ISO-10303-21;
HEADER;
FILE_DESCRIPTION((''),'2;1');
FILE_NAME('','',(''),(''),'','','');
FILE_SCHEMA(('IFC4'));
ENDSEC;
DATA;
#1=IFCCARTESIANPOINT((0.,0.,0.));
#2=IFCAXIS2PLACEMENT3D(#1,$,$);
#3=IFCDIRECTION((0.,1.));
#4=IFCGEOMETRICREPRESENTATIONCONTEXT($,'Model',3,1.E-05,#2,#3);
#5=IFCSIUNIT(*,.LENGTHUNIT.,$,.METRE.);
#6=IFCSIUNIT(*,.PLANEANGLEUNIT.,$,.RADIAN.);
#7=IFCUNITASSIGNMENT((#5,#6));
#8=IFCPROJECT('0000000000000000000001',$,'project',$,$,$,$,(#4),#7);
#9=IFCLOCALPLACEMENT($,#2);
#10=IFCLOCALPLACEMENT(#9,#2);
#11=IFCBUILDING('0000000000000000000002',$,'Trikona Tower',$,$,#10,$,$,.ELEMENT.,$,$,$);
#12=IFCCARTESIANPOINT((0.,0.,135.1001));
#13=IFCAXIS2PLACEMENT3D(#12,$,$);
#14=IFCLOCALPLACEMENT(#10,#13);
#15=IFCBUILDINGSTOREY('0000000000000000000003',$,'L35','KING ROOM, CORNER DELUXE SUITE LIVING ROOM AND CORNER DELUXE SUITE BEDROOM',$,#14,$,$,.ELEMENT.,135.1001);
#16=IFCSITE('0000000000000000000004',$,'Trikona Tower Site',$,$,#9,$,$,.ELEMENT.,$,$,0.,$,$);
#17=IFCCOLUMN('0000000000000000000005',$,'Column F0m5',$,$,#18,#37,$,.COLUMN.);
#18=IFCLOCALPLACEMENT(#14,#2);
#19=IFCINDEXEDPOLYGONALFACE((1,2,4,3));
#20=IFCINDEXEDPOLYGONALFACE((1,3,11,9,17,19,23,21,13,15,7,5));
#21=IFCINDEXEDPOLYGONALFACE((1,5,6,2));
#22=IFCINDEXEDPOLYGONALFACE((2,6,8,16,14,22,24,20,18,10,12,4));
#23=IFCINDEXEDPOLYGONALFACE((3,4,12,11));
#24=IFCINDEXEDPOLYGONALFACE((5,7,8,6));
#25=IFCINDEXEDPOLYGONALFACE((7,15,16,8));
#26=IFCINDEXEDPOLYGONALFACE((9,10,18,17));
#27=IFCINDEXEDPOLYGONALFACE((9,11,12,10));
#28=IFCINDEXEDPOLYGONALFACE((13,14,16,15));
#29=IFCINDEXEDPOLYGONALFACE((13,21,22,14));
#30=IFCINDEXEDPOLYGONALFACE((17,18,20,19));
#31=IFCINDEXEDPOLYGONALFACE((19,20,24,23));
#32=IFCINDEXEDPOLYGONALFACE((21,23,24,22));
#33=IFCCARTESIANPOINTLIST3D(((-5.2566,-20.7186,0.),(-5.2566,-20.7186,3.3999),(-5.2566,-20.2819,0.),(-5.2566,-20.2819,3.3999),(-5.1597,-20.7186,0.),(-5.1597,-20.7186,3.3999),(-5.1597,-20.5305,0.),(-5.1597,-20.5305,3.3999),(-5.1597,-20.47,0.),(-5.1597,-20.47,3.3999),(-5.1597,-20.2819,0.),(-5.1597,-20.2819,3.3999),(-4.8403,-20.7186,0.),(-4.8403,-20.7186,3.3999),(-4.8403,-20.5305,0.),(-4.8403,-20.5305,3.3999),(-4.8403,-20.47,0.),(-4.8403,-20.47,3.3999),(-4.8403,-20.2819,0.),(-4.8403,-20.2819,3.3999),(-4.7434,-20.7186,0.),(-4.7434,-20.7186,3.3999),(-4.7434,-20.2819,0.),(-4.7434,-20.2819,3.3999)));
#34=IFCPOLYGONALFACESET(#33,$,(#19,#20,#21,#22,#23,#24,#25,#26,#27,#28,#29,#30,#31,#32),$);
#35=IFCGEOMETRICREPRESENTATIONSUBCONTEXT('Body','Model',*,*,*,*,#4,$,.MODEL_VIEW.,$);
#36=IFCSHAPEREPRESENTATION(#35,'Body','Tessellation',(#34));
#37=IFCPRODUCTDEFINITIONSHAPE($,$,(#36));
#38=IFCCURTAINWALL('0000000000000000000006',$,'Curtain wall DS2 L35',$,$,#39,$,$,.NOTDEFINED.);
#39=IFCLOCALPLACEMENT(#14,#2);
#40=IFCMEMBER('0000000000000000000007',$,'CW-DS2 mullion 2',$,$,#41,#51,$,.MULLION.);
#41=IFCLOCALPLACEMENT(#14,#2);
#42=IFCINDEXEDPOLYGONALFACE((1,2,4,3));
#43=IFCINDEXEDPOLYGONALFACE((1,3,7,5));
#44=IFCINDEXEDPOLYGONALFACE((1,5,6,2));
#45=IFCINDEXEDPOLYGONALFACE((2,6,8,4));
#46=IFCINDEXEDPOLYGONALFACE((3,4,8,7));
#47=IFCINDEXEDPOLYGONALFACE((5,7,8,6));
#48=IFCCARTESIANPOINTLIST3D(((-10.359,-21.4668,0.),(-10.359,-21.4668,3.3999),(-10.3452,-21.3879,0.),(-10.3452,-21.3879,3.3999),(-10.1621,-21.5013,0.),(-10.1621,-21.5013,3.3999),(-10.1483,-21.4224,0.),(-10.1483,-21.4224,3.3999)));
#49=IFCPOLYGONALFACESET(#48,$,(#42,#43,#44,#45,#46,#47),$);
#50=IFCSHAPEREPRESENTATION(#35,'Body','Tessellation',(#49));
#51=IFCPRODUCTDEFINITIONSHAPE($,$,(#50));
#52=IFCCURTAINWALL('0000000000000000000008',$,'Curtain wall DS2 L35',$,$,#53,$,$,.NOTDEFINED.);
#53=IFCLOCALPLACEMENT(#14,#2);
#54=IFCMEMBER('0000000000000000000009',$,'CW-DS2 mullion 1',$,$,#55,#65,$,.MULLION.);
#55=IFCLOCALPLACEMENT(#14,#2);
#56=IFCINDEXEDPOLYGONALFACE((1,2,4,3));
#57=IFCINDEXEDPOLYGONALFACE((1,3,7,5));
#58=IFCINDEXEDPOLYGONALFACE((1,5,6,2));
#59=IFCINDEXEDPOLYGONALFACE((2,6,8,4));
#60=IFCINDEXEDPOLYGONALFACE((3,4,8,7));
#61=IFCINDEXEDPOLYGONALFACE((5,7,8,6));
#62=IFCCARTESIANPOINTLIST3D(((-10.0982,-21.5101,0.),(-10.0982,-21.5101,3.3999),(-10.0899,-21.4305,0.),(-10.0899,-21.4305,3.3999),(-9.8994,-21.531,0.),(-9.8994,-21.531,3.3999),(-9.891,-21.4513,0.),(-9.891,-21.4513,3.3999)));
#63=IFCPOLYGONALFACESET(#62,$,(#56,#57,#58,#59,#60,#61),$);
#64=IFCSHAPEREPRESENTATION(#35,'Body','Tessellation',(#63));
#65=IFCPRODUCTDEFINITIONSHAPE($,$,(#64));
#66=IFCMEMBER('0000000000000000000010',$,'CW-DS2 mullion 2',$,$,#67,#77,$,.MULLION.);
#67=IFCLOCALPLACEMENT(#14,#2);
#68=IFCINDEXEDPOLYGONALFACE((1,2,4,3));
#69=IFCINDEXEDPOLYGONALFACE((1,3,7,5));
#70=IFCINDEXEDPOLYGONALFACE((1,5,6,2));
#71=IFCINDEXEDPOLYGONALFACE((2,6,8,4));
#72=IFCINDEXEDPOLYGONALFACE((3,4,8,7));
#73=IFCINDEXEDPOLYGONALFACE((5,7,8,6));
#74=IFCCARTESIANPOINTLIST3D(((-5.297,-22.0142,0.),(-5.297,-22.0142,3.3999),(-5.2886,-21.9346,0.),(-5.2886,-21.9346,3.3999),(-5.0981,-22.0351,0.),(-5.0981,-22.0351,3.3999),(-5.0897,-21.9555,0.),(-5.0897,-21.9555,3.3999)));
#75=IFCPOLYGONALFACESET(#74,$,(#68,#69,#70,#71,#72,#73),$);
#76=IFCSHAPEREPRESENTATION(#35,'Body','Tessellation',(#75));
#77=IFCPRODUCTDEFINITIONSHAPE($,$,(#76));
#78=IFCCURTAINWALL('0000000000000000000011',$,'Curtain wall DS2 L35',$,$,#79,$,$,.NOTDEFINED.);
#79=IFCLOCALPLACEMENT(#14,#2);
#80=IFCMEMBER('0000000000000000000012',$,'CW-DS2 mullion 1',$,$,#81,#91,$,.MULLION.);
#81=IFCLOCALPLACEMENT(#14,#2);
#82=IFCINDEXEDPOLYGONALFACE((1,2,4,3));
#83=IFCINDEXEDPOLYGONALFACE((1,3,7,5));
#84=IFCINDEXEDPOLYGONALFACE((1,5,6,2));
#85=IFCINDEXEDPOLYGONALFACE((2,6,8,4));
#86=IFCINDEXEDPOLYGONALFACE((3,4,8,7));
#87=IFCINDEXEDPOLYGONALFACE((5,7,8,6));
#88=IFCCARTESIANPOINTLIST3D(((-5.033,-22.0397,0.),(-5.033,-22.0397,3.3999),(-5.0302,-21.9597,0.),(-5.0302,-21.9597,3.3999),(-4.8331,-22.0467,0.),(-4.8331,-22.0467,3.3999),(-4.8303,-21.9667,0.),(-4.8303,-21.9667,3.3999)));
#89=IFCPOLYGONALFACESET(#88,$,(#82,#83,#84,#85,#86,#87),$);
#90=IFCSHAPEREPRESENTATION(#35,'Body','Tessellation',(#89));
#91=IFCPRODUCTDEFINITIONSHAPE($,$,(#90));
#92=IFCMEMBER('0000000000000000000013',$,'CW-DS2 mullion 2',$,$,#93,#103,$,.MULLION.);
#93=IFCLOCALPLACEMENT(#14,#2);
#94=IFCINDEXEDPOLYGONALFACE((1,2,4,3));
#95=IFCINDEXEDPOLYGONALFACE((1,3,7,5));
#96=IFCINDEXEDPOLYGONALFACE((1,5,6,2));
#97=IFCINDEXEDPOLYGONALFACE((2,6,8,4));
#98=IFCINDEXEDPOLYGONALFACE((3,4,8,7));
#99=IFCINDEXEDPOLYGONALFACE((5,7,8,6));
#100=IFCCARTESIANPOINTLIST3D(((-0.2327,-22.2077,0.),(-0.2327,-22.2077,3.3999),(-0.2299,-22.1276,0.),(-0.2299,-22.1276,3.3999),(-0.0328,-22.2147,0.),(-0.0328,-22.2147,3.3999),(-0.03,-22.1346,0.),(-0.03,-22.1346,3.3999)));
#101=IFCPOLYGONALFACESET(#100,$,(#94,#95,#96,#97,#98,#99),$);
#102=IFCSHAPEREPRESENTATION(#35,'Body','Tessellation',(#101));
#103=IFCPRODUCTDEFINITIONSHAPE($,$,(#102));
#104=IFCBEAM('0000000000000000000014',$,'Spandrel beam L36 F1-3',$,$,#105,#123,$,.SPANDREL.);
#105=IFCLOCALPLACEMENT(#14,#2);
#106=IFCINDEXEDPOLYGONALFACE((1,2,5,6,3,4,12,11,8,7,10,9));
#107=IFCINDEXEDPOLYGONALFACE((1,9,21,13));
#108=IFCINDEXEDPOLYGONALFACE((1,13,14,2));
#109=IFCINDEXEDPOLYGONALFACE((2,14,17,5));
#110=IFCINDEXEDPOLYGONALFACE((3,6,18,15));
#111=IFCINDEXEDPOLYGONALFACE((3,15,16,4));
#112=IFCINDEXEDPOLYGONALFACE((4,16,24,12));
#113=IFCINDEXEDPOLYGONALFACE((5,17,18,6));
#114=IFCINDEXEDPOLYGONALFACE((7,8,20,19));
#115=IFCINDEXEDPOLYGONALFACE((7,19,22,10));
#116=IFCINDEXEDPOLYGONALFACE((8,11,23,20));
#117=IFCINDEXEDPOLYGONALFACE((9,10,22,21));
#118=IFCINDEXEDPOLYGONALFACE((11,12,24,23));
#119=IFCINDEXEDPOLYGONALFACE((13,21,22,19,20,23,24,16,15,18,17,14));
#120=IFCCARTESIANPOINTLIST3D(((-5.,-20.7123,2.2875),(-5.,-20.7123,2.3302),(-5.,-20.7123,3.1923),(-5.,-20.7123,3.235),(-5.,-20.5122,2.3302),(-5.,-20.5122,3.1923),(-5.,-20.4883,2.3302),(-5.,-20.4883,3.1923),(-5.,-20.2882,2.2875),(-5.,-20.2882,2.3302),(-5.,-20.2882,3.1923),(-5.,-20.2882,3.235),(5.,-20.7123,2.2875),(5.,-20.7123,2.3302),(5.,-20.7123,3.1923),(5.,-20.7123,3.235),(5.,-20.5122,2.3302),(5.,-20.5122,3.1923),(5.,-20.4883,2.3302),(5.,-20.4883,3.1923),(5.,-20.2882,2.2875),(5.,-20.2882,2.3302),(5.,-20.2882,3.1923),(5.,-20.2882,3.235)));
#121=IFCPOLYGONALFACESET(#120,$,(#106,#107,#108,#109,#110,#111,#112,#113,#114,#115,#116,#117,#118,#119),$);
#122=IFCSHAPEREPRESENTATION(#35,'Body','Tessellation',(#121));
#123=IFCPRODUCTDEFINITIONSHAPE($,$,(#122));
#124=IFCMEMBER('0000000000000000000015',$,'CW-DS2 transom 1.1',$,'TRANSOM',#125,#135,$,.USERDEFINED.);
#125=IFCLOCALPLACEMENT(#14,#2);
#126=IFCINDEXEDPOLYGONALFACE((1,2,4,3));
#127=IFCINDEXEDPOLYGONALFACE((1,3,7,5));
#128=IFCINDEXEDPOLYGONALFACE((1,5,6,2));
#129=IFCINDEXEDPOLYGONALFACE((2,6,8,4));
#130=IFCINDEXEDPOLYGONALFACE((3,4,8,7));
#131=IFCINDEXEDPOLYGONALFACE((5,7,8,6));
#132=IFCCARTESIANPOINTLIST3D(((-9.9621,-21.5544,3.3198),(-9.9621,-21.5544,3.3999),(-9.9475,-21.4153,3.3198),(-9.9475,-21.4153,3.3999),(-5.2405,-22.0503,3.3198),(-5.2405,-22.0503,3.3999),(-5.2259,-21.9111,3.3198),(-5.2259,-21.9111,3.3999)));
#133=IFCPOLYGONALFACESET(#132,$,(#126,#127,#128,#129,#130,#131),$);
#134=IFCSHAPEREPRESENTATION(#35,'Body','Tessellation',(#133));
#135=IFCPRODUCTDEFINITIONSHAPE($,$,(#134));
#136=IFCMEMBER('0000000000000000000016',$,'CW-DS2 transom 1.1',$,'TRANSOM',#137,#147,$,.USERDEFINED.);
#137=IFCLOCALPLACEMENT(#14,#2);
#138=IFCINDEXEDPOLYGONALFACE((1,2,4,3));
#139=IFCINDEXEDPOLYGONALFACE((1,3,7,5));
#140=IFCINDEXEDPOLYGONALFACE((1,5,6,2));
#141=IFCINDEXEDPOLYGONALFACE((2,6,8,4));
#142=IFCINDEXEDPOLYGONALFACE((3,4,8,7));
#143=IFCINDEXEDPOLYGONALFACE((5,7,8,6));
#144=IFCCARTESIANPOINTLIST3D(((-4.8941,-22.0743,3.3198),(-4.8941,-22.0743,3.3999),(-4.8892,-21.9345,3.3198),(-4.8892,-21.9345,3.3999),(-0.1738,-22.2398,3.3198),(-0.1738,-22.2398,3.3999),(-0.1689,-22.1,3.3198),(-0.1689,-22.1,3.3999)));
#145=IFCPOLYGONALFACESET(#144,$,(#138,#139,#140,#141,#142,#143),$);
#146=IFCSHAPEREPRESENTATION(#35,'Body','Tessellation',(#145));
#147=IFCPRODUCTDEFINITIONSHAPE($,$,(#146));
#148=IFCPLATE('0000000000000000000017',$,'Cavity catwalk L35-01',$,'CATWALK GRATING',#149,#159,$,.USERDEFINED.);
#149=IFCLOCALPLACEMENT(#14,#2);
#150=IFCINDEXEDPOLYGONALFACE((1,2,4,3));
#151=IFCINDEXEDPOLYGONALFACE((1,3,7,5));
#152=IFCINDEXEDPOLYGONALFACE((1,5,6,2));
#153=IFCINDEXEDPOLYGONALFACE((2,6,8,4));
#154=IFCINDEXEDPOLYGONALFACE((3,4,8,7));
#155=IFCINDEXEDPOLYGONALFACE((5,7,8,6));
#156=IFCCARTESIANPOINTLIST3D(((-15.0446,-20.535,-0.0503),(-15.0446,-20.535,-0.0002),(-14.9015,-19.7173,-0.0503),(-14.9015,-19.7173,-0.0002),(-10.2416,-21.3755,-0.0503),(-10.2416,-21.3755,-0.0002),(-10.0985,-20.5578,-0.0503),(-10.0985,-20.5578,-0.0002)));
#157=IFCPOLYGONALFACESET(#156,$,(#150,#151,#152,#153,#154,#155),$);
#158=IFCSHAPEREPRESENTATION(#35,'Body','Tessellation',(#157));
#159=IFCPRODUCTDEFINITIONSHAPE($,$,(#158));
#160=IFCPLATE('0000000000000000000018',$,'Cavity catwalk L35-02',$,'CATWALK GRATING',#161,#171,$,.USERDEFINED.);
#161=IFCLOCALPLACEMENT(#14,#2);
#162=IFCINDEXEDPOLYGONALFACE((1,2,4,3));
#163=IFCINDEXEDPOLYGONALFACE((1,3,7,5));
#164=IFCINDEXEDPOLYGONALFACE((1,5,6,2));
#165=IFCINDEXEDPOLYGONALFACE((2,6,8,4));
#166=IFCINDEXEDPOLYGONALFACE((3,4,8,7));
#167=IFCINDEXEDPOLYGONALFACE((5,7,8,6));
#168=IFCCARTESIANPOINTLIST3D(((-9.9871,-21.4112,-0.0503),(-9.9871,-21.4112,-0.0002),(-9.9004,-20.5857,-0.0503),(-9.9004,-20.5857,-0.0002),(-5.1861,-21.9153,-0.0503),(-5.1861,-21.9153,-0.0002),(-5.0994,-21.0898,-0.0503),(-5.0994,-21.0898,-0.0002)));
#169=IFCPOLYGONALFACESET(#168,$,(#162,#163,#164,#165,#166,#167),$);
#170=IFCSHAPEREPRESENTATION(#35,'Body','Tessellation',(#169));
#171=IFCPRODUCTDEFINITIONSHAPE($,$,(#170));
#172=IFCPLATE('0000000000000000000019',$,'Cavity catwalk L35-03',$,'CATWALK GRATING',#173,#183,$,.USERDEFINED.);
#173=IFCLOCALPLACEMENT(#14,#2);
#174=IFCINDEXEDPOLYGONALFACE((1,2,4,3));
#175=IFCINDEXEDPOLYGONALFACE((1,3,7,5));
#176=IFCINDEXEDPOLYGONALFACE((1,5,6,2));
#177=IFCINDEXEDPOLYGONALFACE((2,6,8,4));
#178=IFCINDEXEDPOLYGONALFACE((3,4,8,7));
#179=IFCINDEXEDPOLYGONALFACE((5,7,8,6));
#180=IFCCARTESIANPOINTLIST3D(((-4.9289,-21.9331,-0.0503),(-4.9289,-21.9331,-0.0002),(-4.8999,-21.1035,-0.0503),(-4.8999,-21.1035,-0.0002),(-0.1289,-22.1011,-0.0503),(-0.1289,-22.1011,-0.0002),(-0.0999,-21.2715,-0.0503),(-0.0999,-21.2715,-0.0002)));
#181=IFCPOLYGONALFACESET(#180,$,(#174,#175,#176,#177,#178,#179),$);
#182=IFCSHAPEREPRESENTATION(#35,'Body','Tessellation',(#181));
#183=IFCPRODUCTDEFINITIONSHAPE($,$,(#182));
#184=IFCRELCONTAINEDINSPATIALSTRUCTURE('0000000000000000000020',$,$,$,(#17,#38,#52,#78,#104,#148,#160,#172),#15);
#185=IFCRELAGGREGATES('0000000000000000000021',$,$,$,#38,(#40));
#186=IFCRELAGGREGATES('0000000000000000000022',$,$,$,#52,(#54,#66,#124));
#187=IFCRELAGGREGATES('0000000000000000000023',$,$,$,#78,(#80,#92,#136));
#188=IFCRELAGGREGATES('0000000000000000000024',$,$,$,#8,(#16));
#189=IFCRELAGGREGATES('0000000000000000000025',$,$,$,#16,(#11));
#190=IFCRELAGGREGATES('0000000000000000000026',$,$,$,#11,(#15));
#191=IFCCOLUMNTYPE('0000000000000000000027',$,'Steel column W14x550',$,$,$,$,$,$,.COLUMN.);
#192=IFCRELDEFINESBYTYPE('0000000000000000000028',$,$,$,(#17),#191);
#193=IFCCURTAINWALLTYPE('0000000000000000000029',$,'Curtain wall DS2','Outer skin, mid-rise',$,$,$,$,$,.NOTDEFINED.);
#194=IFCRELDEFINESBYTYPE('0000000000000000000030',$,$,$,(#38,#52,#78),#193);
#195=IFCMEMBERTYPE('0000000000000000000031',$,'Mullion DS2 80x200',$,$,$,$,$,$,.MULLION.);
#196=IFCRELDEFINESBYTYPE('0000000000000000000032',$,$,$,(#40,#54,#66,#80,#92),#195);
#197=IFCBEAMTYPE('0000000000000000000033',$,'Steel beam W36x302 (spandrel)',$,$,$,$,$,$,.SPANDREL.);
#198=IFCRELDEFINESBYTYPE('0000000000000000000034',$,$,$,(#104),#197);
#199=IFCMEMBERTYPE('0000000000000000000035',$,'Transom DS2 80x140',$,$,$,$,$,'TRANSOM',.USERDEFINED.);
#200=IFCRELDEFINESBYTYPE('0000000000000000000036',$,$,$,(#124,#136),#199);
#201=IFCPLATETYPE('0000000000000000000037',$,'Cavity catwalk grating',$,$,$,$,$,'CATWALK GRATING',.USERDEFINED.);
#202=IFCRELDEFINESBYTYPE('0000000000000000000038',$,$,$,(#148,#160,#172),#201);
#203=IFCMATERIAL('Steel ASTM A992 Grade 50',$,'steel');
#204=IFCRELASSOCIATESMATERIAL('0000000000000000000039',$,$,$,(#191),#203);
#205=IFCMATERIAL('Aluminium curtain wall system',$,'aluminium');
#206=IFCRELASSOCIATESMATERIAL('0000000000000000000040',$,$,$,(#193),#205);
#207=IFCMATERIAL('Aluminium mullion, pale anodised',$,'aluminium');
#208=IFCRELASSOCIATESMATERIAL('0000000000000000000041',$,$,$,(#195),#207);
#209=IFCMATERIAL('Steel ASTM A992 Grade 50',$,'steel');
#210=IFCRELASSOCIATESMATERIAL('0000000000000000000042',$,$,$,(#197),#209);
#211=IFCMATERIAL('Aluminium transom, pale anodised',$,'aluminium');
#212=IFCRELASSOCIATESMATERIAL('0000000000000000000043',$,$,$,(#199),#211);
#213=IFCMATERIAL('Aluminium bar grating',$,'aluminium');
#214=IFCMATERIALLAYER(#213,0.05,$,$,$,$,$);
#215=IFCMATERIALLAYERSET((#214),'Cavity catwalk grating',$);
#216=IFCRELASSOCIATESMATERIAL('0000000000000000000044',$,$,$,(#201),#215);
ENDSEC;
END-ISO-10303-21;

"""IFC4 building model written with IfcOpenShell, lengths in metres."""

from ifc_helpers import new_model, si_unit, direction, frame, origin, origin_2d, place, context, subcontext, project, spatial, rectangle, i_section, extrude, material, layer, layer_set, material_profile, profile_set, type_object, element, aggregate, save


model = new_model("IFC4")

# Units and contexts
model_context = context("Model", 3, precision=1e-05, world=origin(), true_north=direction((0.0, 1.0)))
body_context = subcontext(model_context, "Body", "Model", "MODEL_VIEW")
ifc_project = project(units=[si_unit("LENGTHUNIT", "METRE"), si_unit("PLANEANGLEUNIT", "RADIAN")], contexts=[model_context])

# Site, building, storey
site_placement = place(None, origin())
site = spatial("IfcSite", under=ifc_project, at=site_placement, Name="Trikona Tower Site", CompositionType="ELEMENT", RefElevation=0.0)
building_placement = place(site_placement, origin())
building = spatial("IfcBuilding", under=site, at=building_placement, Name="Trikona Tower", CompositionType="ELEMENT")
storey_placement = place(building_placement, frame((0.0, 0.0, 135.1001)))
storey = spatial("IfcBuildingStorey", under=building, at=storey_placement, Name="L35", Description="KING ROOM, CORNER DELUXE SUITE LIVING ROOM AND CORNER DELUXE SUITE BEDROOM", CompositionType="ELEMENT", Elevation=135.1001)

# Column
ifc_material_1 = material(Name="Steel ASTM A992 Grade 50", Category="steel")
ifc_material_profile_1 = material_profile(ifc_material_1, i_section(OverallWidth=0.4368, OverallDepth=0.5132, WebThickness=0.0605, FlangeThickness=0.0969, at=origin_2d()), Name="W14X550")
ifc_profile_set_1 = profile_set([ifc_material_profile_1], Name="Steel ASTM A992 Grade 50")
column_type = type_object("IfcColumnType", Name="Steel column W14x550", PredefinedType="COLUMN", material=ifc_profile_set_1)
column_placement = place(storey_placement, frame((-5.0, -20.5002, 0.0), z_axis=(0.0, 0.0, 1.0), x_axis=(0.0, -1.0, 0.0)))
element("IfcColumn", 1, at=column_placement, inside=storey, type_object=column_type, Name="Column F0m5", PredefinedType="COLUMN", context=body_context, shape_type="SweptSolid", body=[
    extrude(i_section(OverallWidth=0.4368, OverallDepth=0.5132, WebThickness=0.0605, FlangeThickness=0.0969, at=origin_2d()), origin(), (0.0, 0.0, 1.0), 3.3999),
])

# Curtain wall, member
ifc_material_2 = material(Name="Aluminium curtain wall system", Category="aluminium")
curtain_wall_type = type_object("IfcCurtainWallType", Name="Curtain wall DS2", Description="Outer skin, mid-rise", PredefinedType="NOTDEFINED", material=ifc_material_2)
curtain_wall_1_placement = place(storey_placement, origin())
curtain_wall_1 = element("IfcCurtainWall", 2, at=curtain_wall_1_placement, inside=storey, type_object=curtain_wall_type, Name="Curtain wall DS2 L35", PredefinedType="NOTDEFINED")
ifc_material_3 = material(Name="Aluminium mullion, pale anodised", Category="aluminium")
ifc_material_profile_2 = material_profile(ifc_material_3, rectangle(XDim=0.0801, YDim=0.2, at=origin_2d()), Name="MUL-DS2")
ifc_profile_set_2 = profile_set([ifc_material_profile_2], Name="Aluminium mullion, pale anodised")
member_type_1 = type_object("IfcMemberType", Name="Mullion DS2 80x200", PredefinedType="MULLION", material=ifc_profile_set_2)
member_1_placement = place(storey_placement, frame((-10.2537, -21.4446, 0.0), z_axis=(0.0, 0.0, 1.0), x_axis=(0.172377, 0.985031, 0.0)))
member_1 = element("IfcMember", 3, at=member_1_placement, type_object=member_type_1, Name="CW-DS2 mullion 2", PredefinedType="MULLION", context=body_context, shape_type="SweptSolid", body=[
    extrude(rectangle(XDim=0.0801, YDim=0.2, at=origin_2d()), origin(), (0.0, 0.0, 1.0), 3.3999),
])

# Curtain walls, members
curtain_wall_2_placement = place(storey_placement, origin())
curtain_wall_2 = element("IfcCurtainWall", 4, at=curtain_wall_2_placement, inside=storey, type_object=curtain_wall_type, Name="Curtain wall DS2 L35", PredefinedType="NOTDEFINED")
member_2_placement = place(storey_placement, frame((-9.9946, -21.4807, 0.0), z_axis=(0.0, 0.0, 1.0), x_axis=(0.104433, 0.994532, 0.0)))
member_2 = element("IfcMember", 5, at=member_2_placement, type_object=member_type_1, Name="CW-DS2 mullion 1", PredefinedType="MULLION", context=body_context, shape_type="SweptSolid", body=[
    extrude(rectangle(XDim=0.0801, YDim=0.2, at=origin_2d()), origin(), (0.0, 0.0, 1.0), 3.3999),
])
member_3_placement = place(storey_placement, frame((-5.1934, -21.9849, 0.0), z_axis=(0.0, 0.0, 1.0), x_axis=(0.104433, 0.994532, 0.0)))
member_3 = element("IfcMember", 6, at=member_3_placement, type_object=member_type_1, Name="CW-DS2 mullion 2", PredefinedType="MULLION", context=body_context, shape_type="SweptSolid", body=[
    extrude(rectangle(XDim=0.0801, YDim=0.2, at=origin_2d()), origin(), (0.0, 0.0, 1.0), 3.3999),
])
curtain_wall_3_placement = place(storey_placement, origin())
curtain_wall_3 = element("IfcCurtainWall", 7, at=curtain_wall_3_placement, inside=storey, type_object=curtain_wall_type, Name="Curtain wall DS2 L35", PredefinedType="NOTDEFINED")
member_4_placement = place(storey_placement, frame((-4.9316, -22.0032, 0.0), z_axis=(0.0, 0.0, 1.0), x_axis=(0.034998, 0.999387, 0.0)))
member_4 = element("IfcMember", 8, at=member_4_placement, type_object=member_type_1, Name="CW-DS2 mullion 1", PredefinedType="MULLION", context=body_context, shape_type="SweptSolid", body=[
    extrude(rectangle(XDim=0.0801, YDim=0.2, at=origin_2d()), origin(), (0.0, 0.0, 1.0), 3.3999),
])
member_5_placement = place(storey_placement, frame((-0.1313, -22.1711, 0.0), z_axis=(0.0, 0.0, 1.0), x_axis=(0.034998, 0.999387, 0.0)))
member_5 = element("IfcMember", 9, at=member_5_placement, type_object=member_type_1, Name="CW-DS2 mullion 2", PredefinedType="MULLION", context=body_context, shape_type="SweptSolid", body=[
    extrude(rectangle(XDim=0.0801, YDim=0.2, at=origin_2d()), origin(), (0.0, 0.0, 1.0), 3.3999),
])

# Beam
ifc_material_4 = material(Name="Steel ASTM A992 Grade 50", Category="steel")
ifc_material_profile_3 = material_profile(ifc_material_4, i_section(OverallWidth=0.4241, OverallDepth=0.9475, WebThickness=0.0239, FlangeThickness=0.0427, at=origin_2d()), Name="W36X302")
ifc_profile_set_3 = profile_set([ifc_material_profile_3], Name="Steel ASTM A992 Grade 50")
beam_type = type_object("IfcBeamType", Name="Steel beam W36x302 (spandrel)", PredefinedType="SPANDREL", material=ifc_profile_set_3)
beam_placement = place(storey_placement, frame((-5.0, -20.5002, 2.7612), z_axis=(1.0, 0.0, 0.0), x_axis=(0.0, 1.0, 0.0)))
element("IfcBeam", 10, at=beam_placement, inside=storey, type_object=beam_type, Name="Spandrel beam L36 F1-3", PredefinedType="SPANDREL", context=body_context, shape_type="SweptSolid", body=[
    extrude(i_section(OverallWidth=0.4241, OverallDepth=0.9475, WebThickness=0.0239, FlangeThickness=0.0427, at=origin_2d()), origin(), (0.0, 0.0, 1.0), 10.0),
])

# Members
ifc_material_5 = material(Name="Aluminium transom, pale anodised", Category="aluminium")
ifc_material_profile_4 = material_profile(ifc_material_5, rectangle(XDim=0.1399, YDim=0.0801, at=origin_2d()), Name="TRN-DS2")
ifc_profile_set_4 = profile_set([ifc_material_profile_4], Name="Aluminium transom, pale anodised")
member_type_2 = type_object("IfcMemberType", Name="Transom DS2 80x140", ElementType="TRANSOM", PredefinedType="USERDEFINED", material=ifc_profile_set_4)
member_6_placement = place(storey_placement, frame((-9.9548, -21.4849, 3.3599), z_axis=(0.994531, -0.104441, 0.0), x_axis=(0.104441, 0.994531, 0.0)))
member_6 = element("IfcMember", 11, at=member_6_placement, type_object=member_type_2, Name="CW-DS2 transom 1.1", ObjectType="TRANSOM", PredefinedType="USERDEFINED", context=body_context, shape_type="SweptSolid", body=[
    extrude(rectangle(XDim=0.1399, YDim=0.0801, at=origin_2d()), origin(), (0.0, 0.0, 1.0), 4.7476),
])
member_7_placement = place(storey_placement, frame((-4.8916, -22.0044, 3.3599), z_axis=(0.999386, -0.035046, 0.0), x_axis=(0.035046, 0.999386, 0.0)))
member_7 = element("IfcMember", 12, at=member_7_placement, type_object=member_type_2, Name="CW-DS2 transom 1.1", ObjectType="TRANSOM", PredefinedType="USERDEFINED", context=body_context, shape_type="SweptSolid", body=[
    extrude(rectangle(XDim=0.1399, YDim=0.0801, at=origin_2d()), origin(), (0.0, 0.0, 1.0), 4.7231),
])

# Plates
ifc_material_6 = material(Name="Aluminium bar grating", Category="aluminium")
ifc_layer_1 = layer(ifc_material_6, 0.05)
ifc_layer_set_1 = layer_set([ifc_layer_1], Name="Cavity catwalk grating")
plate_type_1 = type_object("IfcPlateType", Name="Cavity catwalk grating", ElementType="CATWALK GRATING", PredefinedType="USERDEFINED", material=ifc_layer_set_1)
plate_1_placement = place(storey_placement, frame((-12.5715, -20.5464, -0.0503), z_axis=(0.0, 0.0, 1.0), x_axis=(0.985031, -0.17238, 0.0)))
element("IfcPlate", 13, at=plate_1_placement, inside=storey, type_object=plate_type_1, Name="Cavity catwalk L35-01", ObjectType="CATWALK GRATING", PredefinedType="USERDEFINED", context=body_context, shape_type="SweptSolid", body=[
    extrude(rectangle(XDim=4.876, YDim=0.8301, at=origin_2d()), origin(), (0.0, 0.0, 1.0), 0.05),
])
plate_2_placement = place(storey_placement, frame((-7.5432, -21.2505, -0.0503), z_axis=(0.0, 0.0, 1.0), x_axis=(0.994533, -0.104426, 0.0)))
element("IfcPlate", 14, at=plate_2_placement, inside=storey, type_object=plate_type_1, Name="Cavity catwalk L35-02", ObjectType="CATWALK GRATING", PredefinedType="USERDEFINED", context=body_context, shape_type="SweptSolid", body=[
    extrude(rectangle(XDim=4.8274, YDim=0.8301, at=origin_2d()), origin(), (0.0, 0.0, 1.0), 0.05),
])
plate_3_placement = place(storey_placement, frame((-2.5144, -21.6023, -0.0503), z_axis=(0.0, 0.0, 1.0), x_axis=(0.999388, -0.034978, 0.0)))
element("IfcPlate", 15, at=plate_3_placement, inside=storey, type_object=plate_type_1, Name="Cavity catwalk L35-03", ObjectType="CATWALK GRATING", PredefinedType="USERDEFINED", context=body_context, shape_type="SweptSolid", body=[
    extrude(rectangle(XDim=4.803, YDim=0.8301, at=origin_2d()), origin(), (0.0, 0.0, 1.0), 0.05),
])

aggregate(curtain_wall_1, [member_1])
aggregate(curtain_wall_2, [member_2, member_3, member_6])
aggregate(curtain_wall_3, [member_4, member_5, member_7])

save(model, "model.ifc")
